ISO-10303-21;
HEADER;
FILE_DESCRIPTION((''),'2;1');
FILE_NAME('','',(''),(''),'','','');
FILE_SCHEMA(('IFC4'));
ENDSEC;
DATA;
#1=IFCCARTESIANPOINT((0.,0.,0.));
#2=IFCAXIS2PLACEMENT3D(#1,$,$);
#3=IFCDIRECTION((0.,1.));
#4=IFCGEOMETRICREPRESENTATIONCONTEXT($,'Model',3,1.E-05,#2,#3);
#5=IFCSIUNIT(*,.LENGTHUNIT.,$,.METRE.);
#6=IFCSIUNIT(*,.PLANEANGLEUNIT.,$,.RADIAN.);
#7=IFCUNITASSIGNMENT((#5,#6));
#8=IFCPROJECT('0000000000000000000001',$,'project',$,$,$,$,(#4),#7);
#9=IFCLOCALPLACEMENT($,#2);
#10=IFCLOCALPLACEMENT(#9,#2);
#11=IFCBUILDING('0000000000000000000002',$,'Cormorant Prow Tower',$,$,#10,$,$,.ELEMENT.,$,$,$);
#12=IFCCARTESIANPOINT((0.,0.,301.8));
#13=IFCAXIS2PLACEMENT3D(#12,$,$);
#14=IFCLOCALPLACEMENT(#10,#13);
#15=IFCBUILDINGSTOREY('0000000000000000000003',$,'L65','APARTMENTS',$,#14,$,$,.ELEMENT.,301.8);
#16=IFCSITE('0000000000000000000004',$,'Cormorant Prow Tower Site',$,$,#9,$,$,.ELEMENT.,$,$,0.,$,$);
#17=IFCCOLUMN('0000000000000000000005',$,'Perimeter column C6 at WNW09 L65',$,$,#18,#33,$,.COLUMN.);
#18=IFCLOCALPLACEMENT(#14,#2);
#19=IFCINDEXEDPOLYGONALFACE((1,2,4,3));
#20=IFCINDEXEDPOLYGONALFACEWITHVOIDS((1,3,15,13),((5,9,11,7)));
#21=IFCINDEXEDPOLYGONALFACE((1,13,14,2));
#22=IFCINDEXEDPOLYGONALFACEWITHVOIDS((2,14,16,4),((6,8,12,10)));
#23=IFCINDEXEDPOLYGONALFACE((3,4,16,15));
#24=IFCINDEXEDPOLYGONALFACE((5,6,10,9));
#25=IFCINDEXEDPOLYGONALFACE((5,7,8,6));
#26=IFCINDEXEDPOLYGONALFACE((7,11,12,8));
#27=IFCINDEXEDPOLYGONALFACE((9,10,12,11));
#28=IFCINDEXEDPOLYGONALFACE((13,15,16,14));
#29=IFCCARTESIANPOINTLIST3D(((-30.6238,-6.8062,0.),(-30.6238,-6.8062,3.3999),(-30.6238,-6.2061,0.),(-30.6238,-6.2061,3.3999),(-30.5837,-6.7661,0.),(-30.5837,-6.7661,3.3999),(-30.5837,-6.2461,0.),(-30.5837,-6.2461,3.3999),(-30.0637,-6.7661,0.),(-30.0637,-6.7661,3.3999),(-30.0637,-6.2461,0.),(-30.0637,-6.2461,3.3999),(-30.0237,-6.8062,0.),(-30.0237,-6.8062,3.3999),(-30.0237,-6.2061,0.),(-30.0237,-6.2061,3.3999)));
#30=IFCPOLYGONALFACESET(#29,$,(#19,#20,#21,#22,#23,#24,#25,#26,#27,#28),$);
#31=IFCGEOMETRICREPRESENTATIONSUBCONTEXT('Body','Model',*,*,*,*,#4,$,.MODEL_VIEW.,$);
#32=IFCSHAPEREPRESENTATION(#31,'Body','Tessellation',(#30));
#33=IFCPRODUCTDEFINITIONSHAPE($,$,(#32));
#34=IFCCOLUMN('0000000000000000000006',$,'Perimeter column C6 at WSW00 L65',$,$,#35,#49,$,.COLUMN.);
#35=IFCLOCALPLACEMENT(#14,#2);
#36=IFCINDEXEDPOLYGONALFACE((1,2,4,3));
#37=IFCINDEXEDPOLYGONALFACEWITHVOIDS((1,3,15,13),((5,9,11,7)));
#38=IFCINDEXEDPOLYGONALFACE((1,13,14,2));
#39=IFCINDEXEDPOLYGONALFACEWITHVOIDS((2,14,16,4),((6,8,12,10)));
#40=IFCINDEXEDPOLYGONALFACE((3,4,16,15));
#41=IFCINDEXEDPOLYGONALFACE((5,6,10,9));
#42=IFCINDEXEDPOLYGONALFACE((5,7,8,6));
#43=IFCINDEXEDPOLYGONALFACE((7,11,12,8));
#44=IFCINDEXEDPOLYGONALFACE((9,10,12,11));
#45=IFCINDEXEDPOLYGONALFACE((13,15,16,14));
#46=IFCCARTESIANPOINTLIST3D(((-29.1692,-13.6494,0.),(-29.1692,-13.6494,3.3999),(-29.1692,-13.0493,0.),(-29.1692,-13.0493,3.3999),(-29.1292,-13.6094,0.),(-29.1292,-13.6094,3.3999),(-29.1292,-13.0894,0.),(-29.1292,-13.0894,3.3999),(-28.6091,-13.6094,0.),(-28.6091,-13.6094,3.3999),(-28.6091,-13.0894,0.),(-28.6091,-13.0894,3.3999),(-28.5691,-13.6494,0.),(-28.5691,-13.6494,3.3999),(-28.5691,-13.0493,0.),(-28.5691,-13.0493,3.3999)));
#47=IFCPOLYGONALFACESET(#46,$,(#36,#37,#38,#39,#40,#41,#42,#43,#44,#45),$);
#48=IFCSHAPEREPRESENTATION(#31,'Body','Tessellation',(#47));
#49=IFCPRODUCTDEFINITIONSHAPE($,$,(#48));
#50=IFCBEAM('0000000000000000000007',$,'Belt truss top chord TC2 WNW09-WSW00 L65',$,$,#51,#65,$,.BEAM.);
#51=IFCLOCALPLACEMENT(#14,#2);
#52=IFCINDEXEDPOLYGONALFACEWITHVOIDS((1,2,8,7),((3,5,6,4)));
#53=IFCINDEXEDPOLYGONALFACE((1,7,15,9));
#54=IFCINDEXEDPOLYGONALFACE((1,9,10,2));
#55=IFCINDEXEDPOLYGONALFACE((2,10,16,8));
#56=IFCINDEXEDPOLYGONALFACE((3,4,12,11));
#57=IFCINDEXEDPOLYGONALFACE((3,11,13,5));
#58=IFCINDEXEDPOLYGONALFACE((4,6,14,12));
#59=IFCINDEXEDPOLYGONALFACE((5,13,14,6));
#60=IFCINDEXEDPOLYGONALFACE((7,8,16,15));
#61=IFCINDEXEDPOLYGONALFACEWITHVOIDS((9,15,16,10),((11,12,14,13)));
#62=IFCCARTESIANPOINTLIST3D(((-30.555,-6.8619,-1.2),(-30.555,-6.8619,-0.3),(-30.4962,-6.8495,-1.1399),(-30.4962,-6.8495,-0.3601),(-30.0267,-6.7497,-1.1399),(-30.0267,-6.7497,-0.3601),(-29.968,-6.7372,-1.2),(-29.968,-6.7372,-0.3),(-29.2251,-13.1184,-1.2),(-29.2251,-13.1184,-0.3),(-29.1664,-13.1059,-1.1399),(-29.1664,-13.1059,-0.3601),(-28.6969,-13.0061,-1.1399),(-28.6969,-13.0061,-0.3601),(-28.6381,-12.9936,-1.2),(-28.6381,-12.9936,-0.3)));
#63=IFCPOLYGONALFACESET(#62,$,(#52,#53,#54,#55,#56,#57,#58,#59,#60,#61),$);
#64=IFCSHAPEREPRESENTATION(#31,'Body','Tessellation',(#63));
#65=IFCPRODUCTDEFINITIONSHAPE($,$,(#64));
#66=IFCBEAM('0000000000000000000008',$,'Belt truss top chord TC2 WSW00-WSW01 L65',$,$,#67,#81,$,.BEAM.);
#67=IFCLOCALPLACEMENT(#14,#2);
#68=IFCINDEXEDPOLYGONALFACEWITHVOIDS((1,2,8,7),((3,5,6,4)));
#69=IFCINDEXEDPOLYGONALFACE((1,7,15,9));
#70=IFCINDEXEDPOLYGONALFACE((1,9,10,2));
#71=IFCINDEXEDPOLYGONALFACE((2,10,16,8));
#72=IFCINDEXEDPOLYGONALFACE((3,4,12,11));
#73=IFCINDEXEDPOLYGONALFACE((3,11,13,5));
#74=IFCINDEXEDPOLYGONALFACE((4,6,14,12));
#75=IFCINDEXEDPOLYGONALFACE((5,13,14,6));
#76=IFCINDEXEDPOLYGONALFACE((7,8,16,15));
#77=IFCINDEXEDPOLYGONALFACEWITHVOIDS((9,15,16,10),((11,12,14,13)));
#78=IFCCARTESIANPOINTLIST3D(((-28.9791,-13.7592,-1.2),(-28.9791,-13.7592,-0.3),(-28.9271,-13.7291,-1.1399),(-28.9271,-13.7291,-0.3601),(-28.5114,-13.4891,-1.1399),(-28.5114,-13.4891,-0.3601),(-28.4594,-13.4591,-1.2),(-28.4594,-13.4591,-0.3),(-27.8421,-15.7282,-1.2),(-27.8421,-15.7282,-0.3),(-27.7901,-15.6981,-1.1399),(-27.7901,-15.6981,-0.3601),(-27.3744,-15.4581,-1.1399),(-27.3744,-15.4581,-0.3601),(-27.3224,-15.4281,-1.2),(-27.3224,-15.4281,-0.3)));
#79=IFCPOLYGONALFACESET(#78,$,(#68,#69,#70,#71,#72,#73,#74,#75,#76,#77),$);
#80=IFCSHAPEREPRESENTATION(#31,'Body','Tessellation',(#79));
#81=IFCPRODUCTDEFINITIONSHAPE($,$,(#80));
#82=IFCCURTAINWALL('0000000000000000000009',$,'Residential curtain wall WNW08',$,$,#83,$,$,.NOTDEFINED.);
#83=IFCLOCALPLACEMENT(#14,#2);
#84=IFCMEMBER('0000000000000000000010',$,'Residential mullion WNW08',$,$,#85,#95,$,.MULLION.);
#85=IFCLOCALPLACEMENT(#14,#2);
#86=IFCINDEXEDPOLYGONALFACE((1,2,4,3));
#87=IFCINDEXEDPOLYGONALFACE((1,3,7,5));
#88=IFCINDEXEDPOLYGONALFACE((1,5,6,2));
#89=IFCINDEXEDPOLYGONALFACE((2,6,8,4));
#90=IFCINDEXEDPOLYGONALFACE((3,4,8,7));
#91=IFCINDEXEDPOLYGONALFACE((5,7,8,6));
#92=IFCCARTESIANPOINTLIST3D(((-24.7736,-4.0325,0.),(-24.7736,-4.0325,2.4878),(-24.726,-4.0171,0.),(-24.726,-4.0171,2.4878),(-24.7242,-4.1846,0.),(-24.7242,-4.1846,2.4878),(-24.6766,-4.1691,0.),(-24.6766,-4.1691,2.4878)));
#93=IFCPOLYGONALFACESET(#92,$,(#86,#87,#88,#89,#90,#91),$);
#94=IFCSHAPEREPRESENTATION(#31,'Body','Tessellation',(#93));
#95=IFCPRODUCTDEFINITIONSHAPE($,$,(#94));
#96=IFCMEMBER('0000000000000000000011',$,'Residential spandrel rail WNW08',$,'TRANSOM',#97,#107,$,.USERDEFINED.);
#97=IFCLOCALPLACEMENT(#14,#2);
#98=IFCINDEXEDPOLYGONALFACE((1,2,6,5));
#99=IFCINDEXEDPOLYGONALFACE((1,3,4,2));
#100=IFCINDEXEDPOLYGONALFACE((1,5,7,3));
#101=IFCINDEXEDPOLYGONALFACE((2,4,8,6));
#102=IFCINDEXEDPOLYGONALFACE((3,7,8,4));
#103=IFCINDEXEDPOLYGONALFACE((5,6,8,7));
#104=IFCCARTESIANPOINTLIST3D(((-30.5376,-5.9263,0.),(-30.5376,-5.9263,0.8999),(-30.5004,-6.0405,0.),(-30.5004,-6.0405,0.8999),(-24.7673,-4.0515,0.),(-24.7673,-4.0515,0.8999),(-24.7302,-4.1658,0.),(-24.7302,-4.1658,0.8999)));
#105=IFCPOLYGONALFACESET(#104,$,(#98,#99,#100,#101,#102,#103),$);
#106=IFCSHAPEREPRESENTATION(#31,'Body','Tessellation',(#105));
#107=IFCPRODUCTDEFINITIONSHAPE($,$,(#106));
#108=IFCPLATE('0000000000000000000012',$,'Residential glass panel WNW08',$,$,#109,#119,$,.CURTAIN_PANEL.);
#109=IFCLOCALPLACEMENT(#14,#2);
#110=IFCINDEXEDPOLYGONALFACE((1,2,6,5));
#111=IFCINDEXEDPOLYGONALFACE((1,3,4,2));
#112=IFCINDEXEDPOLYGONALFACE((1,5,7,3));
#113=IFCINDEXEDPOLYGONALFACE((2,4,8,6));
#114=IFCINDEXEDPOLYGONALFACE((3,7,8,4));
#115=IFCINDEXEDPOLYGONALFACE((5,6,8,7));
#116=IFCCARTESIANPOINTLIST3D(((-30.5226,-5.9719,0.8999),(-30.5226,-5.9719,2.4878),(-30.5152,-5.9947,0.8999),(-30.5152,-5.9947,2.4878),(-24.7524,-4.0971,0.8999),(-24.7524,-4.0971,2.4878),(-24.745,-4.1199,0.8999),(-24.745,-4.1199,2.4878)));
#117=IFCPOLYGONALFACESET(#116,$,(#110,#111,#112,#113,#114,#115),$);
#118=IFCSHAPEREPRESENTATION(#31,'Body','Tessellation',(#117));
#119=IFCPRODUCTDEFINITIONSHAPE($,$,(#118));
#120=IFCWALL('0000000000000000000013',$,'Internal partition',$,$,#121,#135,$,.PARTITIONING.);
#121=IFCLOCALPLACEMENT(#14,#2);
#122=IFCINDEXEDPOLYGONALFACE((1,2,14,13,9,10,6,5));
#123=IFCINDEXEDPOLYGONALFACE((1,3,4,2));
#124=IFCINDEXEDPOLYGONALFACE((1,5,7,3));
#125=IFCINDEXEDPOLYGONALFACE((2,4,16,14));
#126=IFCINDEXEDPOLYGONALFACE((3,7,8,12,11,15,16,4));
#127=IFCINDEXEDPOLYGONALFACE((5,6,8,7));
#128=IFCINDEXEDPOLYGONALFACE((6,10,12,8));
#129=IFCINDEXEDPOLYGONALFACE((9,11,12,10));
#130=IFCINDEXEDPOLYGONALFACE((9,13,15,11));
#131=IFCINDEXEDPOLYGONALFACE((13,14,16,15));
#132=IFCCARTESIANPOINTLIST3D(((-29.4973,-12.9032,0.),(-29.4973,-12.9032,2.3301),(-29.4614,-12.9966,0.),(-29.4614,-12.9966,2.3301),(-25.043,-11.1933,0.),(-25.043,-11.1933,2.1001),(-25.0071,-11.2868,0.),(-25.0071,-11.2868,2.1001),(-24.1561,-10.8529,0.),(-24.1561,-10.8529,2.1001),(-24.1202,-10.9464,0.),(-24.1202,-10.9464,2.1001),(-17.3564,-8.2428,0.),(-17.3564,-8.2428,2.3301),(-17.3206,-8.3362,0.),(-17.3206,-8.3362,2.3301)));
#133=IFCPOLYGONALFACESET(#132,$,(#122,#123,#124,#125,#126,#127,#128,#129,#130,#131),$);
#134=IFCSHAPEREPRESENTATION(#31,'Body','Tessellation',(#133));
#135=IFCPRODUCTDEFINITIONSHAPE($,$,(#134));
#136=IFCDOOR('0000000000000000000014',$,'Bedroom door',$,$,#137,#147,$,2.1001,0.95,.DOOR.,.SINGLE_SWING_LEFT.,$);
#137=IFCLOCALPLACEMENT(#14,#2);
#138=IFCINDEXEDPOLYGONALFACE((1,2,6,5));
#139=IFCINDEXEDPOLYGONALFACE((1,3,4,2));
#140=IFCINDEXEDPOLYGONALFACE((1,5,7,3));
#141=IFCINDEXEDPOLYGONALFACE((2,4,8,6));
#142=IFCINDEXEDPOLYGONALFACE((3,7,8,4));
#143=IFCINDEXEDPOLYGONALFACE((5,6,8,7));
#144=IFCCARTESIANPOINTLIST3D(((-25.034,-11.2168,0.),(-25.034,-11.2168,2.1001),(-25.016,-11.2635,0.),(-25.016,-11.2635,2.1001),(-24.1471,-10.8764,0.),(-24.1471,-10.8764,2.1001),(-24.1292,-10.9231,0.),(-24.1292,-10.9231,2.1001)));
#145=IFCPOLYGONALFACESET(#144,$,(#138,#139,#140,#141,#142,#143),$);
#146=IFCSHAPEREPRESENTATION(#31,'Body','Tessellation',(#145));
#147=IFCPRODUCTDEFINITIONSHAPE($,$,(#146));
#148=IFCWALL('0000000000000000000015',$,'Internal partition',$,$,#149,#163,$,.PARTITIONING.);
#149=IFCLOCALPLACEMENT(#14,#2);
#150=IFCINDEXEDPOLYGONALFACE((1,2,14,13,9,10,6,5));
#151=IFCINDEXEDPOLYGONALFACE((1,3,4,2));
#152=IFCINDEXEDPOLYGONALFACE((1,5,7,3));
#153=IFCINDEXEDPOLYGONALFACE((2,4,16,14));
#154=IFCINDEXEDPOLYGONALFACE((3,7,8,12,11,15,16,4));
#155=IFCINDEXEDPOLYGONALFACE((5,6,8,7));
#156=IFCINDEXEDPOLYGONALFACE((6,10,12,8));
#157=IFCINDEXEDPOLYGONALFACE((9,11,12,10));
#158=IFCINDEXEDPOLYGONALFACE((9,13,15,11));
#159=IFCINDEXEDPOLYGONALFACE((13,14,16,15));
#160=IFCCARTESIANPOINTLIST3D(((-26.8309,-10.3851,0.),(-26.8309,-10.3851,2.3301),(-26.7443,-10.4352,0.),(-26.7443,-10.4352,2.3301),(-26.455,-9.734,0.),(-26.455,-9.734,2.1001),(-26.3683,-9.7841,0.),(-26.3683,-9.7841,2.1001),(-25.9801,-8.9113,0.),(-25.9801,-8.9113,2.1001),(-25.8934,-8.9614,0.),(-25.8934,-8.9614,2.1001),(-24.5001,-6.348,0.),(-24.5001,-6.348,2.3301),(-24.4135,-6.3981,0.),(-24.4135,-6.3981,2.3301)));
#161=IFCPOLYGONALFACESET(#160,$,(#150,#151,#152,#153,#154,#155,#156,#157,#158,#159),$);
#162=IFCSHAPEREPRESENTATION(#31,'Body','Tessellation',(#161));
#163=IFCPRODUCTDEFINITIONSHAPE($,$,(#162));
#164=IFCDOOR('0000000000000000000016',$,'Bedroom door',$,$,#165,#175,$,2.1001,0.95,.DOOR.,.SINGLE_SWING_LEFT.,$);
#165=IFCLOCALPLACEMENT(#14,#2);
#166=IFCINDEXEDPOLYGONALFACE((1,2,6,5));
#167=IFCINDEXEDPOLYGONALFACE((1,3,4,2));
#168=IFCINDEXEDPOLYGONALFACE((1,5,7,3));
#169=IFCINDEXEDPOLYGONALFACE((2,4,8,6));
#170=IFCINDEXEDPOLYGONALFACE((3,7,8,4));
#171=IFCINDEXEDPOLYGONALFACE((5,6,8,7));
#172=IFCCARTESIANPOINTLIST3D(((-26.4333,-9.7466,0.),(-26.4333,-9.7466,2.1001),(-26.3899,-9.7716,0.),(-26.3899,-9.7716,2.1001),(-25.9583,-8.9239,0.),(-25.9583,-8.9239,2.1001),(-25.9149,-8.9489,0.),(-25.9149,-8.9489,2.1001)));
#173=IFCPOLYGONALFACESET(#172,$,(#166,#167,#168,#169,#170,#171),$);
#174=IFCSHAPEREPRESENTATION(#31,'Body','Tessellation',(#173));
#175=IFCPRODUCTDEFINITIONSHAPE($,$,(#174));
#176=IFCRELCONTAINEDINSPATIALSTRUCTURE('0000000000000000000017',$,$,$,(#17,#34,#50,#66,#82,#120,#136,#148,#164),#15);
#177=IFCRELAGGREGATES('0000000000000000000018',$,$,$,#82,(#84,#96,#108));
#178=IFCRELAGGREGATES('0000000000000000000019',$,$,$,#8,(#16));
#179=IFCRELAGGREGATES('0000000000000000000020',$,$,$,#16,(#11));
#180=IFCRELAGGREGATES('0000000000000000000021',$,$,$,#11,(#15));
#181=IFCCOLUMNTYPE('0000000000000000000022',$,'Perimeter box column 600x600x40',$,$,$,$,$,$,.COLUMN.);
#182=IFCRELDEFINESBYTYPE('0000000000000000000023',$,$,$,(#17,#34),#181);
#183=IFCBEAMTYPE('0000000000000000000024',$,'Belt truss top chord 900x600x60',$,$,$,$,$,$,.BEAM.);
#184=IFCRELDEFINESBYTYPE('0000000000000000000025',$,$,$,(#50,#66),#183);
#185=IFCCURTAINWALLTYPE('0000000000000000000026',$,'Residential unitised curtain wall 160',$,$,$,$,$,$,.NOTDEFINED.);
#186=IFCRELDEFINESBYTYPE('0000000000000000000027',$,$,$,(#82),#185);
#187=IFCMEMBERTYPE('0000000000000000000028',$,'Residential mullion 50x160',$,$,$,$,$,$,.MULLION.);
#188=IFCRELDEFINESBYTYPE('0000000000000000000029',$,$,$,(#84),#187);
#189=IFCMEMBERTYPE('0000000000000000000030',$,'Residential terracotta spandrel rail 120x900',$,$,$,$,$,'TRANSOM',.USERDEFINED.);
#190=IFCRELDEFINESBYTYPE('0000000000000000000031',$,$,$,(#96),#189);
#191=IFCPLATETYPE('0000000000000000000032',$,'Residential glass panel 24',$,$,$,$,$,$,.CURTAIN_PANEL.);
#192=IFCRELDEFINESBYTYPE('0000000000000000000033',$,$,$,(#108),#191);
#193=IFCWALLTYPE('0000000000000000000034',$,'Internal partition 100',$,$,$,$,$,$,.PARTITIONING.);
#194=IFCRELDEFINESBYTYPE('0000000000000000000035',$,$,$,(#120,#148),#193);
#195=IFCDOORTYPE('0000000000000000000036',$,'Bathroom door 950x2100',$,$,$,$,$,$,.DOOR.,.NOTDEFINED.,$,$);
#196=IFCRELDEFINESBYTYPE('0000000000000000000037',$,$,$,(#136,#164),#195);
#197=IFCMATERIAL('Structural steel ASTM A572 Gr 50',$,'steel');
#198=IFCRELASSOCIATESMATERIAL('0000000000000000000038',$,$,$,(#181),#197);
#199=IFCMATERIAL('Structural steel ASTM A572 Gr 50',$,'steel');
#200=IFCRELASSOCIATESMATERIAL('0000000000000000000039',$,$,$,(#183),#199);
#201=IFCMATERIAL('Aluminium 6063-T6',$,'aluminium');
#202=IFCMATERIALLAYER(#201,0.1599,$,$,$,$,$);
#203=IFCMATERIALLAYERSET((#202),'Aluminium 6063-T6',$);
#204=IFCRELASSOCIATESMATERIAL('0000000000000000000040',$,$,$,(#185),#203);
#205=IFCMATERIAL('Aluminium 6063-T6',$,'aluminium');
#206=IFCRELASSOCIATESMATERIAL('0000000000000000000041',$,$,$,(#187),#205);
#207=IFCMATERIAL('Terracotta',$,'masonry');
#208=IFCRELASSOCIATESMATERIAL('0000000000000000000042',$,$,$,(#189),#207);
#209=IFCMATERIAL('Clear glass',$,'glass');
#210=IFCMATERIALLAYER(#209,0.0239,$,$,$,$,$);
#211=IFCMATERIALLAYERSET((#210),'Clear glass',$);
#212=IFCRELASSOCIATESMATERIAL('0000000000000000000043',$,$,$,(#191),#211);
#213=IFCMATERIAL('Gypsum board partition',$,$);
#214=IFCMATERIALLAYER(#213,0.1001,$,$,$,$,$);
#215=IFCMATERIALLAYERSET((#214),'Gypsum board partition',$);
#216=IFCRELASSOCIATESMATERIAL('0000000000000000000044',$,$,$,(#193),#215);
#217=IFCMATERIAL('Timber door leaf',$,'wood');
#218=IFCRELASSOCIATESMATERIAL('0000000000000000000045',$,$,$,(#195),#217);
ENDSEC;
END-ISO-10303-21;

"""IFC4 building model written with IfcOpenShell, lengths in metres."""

from ifc_helpers import new_model, si_unit, direction, frame, frame_2d, origin, origin_2d, place, context, subcontext, project, spatial, rectangle, hollow_rectangle, extrude, material, layer, layer_set, material_profile, profile_set, type_object, element, fill, aggregate, save


model = new_model("IFC4")

# Units and contexts
model_context = context("Model", 3, precision=1e-05, world=origin(), true_north=direction((0.0, 1.0)))
body_context = subcontext(model_context, "Body", "Model", "MODEL_VIEW")
ifc_project = project(units=[si_unit("LENGTHUNIT", "METRE"), si_unit("PLANEANGLEUNIT", "RADIAN")], contexts=[model_context])

# Site, building, storey
site_placement = place(None, origin())
site = spatial("IfcSite", under=ifc_project, at=site_placement, Name="Cormorant Prow Tower Site", CompositionType="ELEMENT", RefElevation=0.0)
building_placement = place(site_placement, origin())
building = spatial("IfcBuilding", under=site, at=building_placement, Name="Cormorant Prow Tower", CompositionType="ELEMENT")
storey_placement = place(building_placement, frame((0.0, 0.0, 301.8)))
storey = spatial("IfcBuildingStorey", under=building, at=storey_placement, Name="L65", Description="APARTMENTS", CompositionType="ELEMENT", Elevation=301.8)

# Columns
ifc_material_1 = material(Name="Structural steel ASTM A572 Gr 50", Category="steel")
ifc_material_profile_1 = material_profile(ifc_material_1, hollow_rectangle(XDim=0.6001, YDim=0.6001, WallThickness=0.04, at=origin_2d()), Name="Box 600x600x40")
ifc_profile_set_1 = profile_set([ifc_material_profile_1], Name="Structural steel ASTM A572 Gr 50")
column_type = type_object("IfcColumnType", Name="Perimeter box column 600x600x40", PredefinedType="COLUMN", material=ifc_profile_set_1)
for number, where, z_axis, x_axis, name in (
    (1, (-30.3237, -6.5061, 0.0), (0.0, 0.0, 1.0), (1.0, 0.0, 0.0), "Perimeter column C6 at WNW09 L65"),
    (2, (-28.8691, -13.3494, 0.0), (0.0, 0.0, 1.0), (1.0, 0.0, 0.0), "Perimeter column C6 at WSW00 L65"),
):
    element("IfcColumn", number, at=place(storey_placement, frame(where, z_axis=z_axis, x_axis=x_axis)), inside=storey, type_object=column_type, Name=name, PredefinedType="COLUMN", context=body_context, shape_type="SweptSolid", body=[
        extrude(hollow_rectangle(XDim=0.6001, YDim=0.6001, WallThickness=0.04, at=origin_2d()), origin(), (0.0, 0.0, 1.0), 3.3999),
    ])

# Beams
ifc_material_2 = material(Name="Structural steel ASTM A572 Gr 50", Category="steel")
ifc_material_profile_2 = material_profile(ifc_material_2, hollow_rectangle(XDim=0.6001, YDim=0.8999, WallThickness=0.0601, at=origin_2d()), Name="Box 900x600x60")
ifc_profile_set_2 = profile_set([ifc_material_profile_2], Name="Structural steel ASTM A572 Gr 50")
beam_type = type_object("IfcBeamType", Name="Belt truss top chord 900x600x60", PredefinedType="BEAM", material=ifc_profile_set_2)
beam_1_placement = place(storey_placement, frame((-30.2615, -6.7996, -0.75), z_axis=(0.207913, -0.978147, 0.0), x_axis=(0.978147, 0.207913, 0.0)))
element("IfcBeam", 3, at=beam_1_placement, inside=storey, type_object=beam_type, Name="Belt truss top chord TC2 WNW09-WSW00 L65", PredefinedType="BEAM", context=body_context, shape_type="SweptSolid", body=[
    extrude(hollow_rectangle(XDim=0.6001, YDim=0.8999, WallThickness=0.0601, at=origin_2d()), origin(), (0.0, 0.0, 1.0), 6.3962),
])
beam_2_placement = place(storey_placement, frame((-28.7192, -13.6091, -0.75), z_axis=(0.500054, -0.865994, 0.0), x_axis=(0.865994, 0.500054, 0.0)))
element("IfcBeam", 4, at=beam_2_placement, inside=storey, type_object=beam_type, Name="Belt truss top chord TC2 WSW00-WSW01 L65", PredefinedType="BEAM", context=body_context, shape_type="SweptSolid", body=[
    extrude(hollow_rectangle(XDim=0.6001, YDim=0.8999, WallThickness=0.0601, at=origin_2d()), origin(), (0.0, 0.0, 1.0), 2.2737),
])

# Curtain wall, members, plate
ifc_material_3 = material(Name="Aluminium 6063-T6", Category="aluminium")
ifc_layer_1 = layer(ifc_material_3, 0.1599)
ifc_layer_set_1 = layer_set([ifc_layer_1], Name="Aluminium 6063-T6")
curtain_wall_type = type_object("IfcCurtainWallType", Name="Residential unitised curtain wall 160", PredefinedType="NOTDEFINED", material=ifc_layer_set_1)
curtain_wall_placement = place(storey_placement, origin())
curtain_wall = element("IfcCurtainWall", 5, at=curtain_wall_placement, inside=storey, type_object=curtain_wall_type, Name="Residential curtain wall WNW08", PredefinedType="NOTDEFINED")
ifc_material_4 = material(Name="Aluminium 6063-T6", Category="aluminium")
ifc_material_profile_3 = material_profile(ifc_material_4, rectangle(XDim=0.1599, YDim=0.05, at=origin_2d()), Name="Residential mullion 50x160")
ifc_profile_set_3 = profile_set([ifc_material_profile_3], Name="Aluminium 6063-T6")
member_type_1 = type_object("IfcMemberType", Name="Residential mullion 50x160", PredefinedType="MULLION", material=ifc_profile_set_3)
member_1_placement = place(storey_placement, frame((-24.7251, -4.1008, 0.0), z_axis=(0.0, 0.0, 1.0), x_axis=(0.309017, -0.951057, 0.0)))
member_1 = element("IfcMember", 6, at=member_1_placement, type_object=member_type_1, Name="Residential mullion WNW08", PredefinedType="MULLION", context=body_context, shape_type="SweptSolid", body=[
    extrude(rectangle(XDim=0.1599, YDim=0.05, at=origin_2d()), origin(), (0.0, 0.0, 1.0), 2.4878),
])
ifc_material_5 = material(Name="Terracotta", Category="masonry")
ifc_material_profile_4 = material_profile(ifc_material_5, rectangle(XDim=0.1201, YDim=0.8999, at=origin_2d()), Name="Residential terracotta spandrel rail 120x900")
ifc_profile_set_4 = profile_set([ifc_material_profile_4], Name="Terracotta")
member_type_2 = type_object("IfcMemberType", Name="Residential terracotta spandrel rail 120x900", ElementType="TRANSOM", PredefinedType="USERDEFINED", material=ifc_profile_set_4)
member_2_placement = place(storey_placement, frame((-24.7488, -4.1086, 0.45), z_axis=(-0.951062, -0.309, 0.0), x_axis=(0.309, -0.951062, 0.0)))
member_2 = element("IfcMember", 7, at=member_2_placement, type_object=member_type_2, Name="Residential spandrel rail WNW08", ObjectType="TRANSOM", PredefinedType="USERDEFINED", context=body_context, shape_type="SweptSolid", body=[
    extrude(rectangle(XDim=0.1201, YDim=0.8999, at=origin_2d()), origin(), (0.0, 0.0, 1.0), 6.0671),
])
ifc_material_6 = material(Name="Clear glass", Category="glass")
ifc_layer_2 = layer(ifc_material_6, 0.0239)
ifc_layer_set_2 = layer_set([ifc_layer_2], Name="Clear glass")
plate_type = type_object("IfcPlateType", Name="Residential glass panel 24", PredefinedType="CURTAIN_PANEL", material=ifc_layer_set_2)
plate_placement = place(storey_placement, frame((-27.6338, -5.0459, 0.8999), z_axis=(0.0, 0.0, 1.0), x_axis=(-0.951057, -0.309017, 0.0)))
plate = element("IfcPlate", 8, at=plate_placement, type_object=plate_type, Name="Residential glass panel WNW08", PredefinedType="CURTAIN_PANEL", context=body_context, shape_type="SweptSolid", body=[
    extrude(rectangle(XDim=6.0671, YDim=0.0239, at=origin_2d()), origin(), (0.0, 0.0, 1.0), 1.5879),
])
aggregate(curtain_wall, [member_1, member_2, plate])

# Walls, openings, doors
ifc_material_7 = material(Name="Gypsum board partition")
ifc_layer_3 = layer(ifc_material_7, 0.1001)
ifc_layer_set_3 = layer_set([ifc_layer_3], Name="Gypsum board partition")
wall_type_1 = type_object("IfcWallType", Name="Internal partition 100", PredefinedType="PARTITIONING", material=ifc_layer_set_3)
wall_1_placement = place(storey_placement, frame((-29.4795, -12.95, 0.0), z_axis=(0.0, 0.0, 1.0), x_axis=(0.933582, 0.358365, 0.0)))
wall_1 = element("IfcWall", 9, at=wall_1_placement, inside=storey, type_object=wall_type_1, Name="Internal partition", PredefinedType="PARTITIONING", context=body_context, shape_type="SweptSolid", body=[
    extrude(rectangle(XDim=13.0046, YDim=0.1001, at=frame_2d((6.5024, 0.0))), origin(), (0.0, 0.0, 1.0), 2.3301),
])
opening_1_placement = place(wall_1_placement, frame((4.7712, 0.0, 0.0)))
opening_1 = element("IfcOpeningElement", 10, at=opening_1_placement, cuts=wall_1, PredefinedType="OPENING", context=body_context, shape_type="SweptSolid", body=[
    extrude(rectangle(XDim=0.95, YDim=2.1001, at=frame_2d((0.4751, 1.05))), frame((0.0, 0.0601, 0.0), z_axis=(0.0, -1.0, 0.0), x_axis=(1.0, 0.0, 0.0)), (0.0, 0.0, 1.0), 0.1201),
])
ifc_material_8 = material(Name="Timber door leaf", Category="wood")
door_type_1 = type_object("IfcDoorType", Name="Bathroom door 950x2100", OperationType="NOTDEFINED", PredefinedType="DOOR", material=ifc_material_8)
door_1_placement = place(opening_1_placement, origin())
door_1 = element("IfcDoor", 11, at=door_1_placement, inside=storey, type_object=door_type_1, Name="Bedroom door", OperationType="SINGLE_SWING_LEFT", OverallHeight=2.1001, OverallWidth=0.95, PredefinedType="DOOR", context=body_context, shape_type="SweptSolid", body=[
    extrude(rectangle(XDim=0.95, YDim=2.1001, at=frame_2d((0.4751, 1.05))), frame((0.0, 0.0249, 0.0), z_axis=(0.0, -1.0, 0.0), x_axis=(1.0, 0.0, 0.0)), (0.0, 0.0, 1.0), 0.05),
])
fill(opening_1, door_1)
wall_2_placement = place(storey_placement, frame((-26.7876, -10.4102, 0.0), z_axis=(0.0, 0.0, 1.0), x_axis=(0.499997, 0.866027, 0.0)))
wall_2 = element("IfcWall", 12, at=wall_2_placement, inside=storey, type_object=wall_type_1, Name="Internal partition", PredefinedType="PARTITIONING", context=body_context, shape_type="SweptSolid", body=[
    extrude(rectangle(XDim=4.6616, YDim=0.1001, at=frame_2d((2.3308, 0.0))), origin(), (0.0, 0.0, 1.0), 2.3301),
])
opening_2_placement = place(wall_2_placement, frame((0.7517, 0.0, 0.0)))
opening_2 = element("IfcOpeningElement", 13, at=opening_2_placement, cuts=wall_2, PredefinedType="OPENING", context=body_context, shape_type="SweptSolid", body=[
    extrude(rectangle(XDim=0.95, YDim=2.1001, at=frame_2d((0.4751, 1.05))), frame((0.0, 0.0601, 0.0), z_axis=(0.0, -1.0, 0.0), x_axis=(1.0, 0.0, 0.0)), (0.0, 0.0, 1.0), 0.1201),
])
door_2_placement = place(opening_2_placement, origin())
door_2 = element("IfcDoor", 14, at=door_2_placement, inside=storey, type_object=door_type_1, Name="Bedroom door", OperationType="SINGLE_SWING_LEFT", OverallHeight=2.1001, OverallWidth=0.95, PredefinedType="DOOR", context=body_context, shape_type="SweptSolid", body=[
    extrude(rectangle(XDim=0.95, YDim=2.1001, at=frame_2d((0.4751, 1.05))), frame((0.0, 0.0249, 0.0), z_axis=(0.0, -1.0, 0.0), x_axis=(1.0, 0.0, 0.0)), (0.0, 0.0, 1.0), 0.05),
])
fill(opening_2, door_2)

save(model, "model.ifc")
